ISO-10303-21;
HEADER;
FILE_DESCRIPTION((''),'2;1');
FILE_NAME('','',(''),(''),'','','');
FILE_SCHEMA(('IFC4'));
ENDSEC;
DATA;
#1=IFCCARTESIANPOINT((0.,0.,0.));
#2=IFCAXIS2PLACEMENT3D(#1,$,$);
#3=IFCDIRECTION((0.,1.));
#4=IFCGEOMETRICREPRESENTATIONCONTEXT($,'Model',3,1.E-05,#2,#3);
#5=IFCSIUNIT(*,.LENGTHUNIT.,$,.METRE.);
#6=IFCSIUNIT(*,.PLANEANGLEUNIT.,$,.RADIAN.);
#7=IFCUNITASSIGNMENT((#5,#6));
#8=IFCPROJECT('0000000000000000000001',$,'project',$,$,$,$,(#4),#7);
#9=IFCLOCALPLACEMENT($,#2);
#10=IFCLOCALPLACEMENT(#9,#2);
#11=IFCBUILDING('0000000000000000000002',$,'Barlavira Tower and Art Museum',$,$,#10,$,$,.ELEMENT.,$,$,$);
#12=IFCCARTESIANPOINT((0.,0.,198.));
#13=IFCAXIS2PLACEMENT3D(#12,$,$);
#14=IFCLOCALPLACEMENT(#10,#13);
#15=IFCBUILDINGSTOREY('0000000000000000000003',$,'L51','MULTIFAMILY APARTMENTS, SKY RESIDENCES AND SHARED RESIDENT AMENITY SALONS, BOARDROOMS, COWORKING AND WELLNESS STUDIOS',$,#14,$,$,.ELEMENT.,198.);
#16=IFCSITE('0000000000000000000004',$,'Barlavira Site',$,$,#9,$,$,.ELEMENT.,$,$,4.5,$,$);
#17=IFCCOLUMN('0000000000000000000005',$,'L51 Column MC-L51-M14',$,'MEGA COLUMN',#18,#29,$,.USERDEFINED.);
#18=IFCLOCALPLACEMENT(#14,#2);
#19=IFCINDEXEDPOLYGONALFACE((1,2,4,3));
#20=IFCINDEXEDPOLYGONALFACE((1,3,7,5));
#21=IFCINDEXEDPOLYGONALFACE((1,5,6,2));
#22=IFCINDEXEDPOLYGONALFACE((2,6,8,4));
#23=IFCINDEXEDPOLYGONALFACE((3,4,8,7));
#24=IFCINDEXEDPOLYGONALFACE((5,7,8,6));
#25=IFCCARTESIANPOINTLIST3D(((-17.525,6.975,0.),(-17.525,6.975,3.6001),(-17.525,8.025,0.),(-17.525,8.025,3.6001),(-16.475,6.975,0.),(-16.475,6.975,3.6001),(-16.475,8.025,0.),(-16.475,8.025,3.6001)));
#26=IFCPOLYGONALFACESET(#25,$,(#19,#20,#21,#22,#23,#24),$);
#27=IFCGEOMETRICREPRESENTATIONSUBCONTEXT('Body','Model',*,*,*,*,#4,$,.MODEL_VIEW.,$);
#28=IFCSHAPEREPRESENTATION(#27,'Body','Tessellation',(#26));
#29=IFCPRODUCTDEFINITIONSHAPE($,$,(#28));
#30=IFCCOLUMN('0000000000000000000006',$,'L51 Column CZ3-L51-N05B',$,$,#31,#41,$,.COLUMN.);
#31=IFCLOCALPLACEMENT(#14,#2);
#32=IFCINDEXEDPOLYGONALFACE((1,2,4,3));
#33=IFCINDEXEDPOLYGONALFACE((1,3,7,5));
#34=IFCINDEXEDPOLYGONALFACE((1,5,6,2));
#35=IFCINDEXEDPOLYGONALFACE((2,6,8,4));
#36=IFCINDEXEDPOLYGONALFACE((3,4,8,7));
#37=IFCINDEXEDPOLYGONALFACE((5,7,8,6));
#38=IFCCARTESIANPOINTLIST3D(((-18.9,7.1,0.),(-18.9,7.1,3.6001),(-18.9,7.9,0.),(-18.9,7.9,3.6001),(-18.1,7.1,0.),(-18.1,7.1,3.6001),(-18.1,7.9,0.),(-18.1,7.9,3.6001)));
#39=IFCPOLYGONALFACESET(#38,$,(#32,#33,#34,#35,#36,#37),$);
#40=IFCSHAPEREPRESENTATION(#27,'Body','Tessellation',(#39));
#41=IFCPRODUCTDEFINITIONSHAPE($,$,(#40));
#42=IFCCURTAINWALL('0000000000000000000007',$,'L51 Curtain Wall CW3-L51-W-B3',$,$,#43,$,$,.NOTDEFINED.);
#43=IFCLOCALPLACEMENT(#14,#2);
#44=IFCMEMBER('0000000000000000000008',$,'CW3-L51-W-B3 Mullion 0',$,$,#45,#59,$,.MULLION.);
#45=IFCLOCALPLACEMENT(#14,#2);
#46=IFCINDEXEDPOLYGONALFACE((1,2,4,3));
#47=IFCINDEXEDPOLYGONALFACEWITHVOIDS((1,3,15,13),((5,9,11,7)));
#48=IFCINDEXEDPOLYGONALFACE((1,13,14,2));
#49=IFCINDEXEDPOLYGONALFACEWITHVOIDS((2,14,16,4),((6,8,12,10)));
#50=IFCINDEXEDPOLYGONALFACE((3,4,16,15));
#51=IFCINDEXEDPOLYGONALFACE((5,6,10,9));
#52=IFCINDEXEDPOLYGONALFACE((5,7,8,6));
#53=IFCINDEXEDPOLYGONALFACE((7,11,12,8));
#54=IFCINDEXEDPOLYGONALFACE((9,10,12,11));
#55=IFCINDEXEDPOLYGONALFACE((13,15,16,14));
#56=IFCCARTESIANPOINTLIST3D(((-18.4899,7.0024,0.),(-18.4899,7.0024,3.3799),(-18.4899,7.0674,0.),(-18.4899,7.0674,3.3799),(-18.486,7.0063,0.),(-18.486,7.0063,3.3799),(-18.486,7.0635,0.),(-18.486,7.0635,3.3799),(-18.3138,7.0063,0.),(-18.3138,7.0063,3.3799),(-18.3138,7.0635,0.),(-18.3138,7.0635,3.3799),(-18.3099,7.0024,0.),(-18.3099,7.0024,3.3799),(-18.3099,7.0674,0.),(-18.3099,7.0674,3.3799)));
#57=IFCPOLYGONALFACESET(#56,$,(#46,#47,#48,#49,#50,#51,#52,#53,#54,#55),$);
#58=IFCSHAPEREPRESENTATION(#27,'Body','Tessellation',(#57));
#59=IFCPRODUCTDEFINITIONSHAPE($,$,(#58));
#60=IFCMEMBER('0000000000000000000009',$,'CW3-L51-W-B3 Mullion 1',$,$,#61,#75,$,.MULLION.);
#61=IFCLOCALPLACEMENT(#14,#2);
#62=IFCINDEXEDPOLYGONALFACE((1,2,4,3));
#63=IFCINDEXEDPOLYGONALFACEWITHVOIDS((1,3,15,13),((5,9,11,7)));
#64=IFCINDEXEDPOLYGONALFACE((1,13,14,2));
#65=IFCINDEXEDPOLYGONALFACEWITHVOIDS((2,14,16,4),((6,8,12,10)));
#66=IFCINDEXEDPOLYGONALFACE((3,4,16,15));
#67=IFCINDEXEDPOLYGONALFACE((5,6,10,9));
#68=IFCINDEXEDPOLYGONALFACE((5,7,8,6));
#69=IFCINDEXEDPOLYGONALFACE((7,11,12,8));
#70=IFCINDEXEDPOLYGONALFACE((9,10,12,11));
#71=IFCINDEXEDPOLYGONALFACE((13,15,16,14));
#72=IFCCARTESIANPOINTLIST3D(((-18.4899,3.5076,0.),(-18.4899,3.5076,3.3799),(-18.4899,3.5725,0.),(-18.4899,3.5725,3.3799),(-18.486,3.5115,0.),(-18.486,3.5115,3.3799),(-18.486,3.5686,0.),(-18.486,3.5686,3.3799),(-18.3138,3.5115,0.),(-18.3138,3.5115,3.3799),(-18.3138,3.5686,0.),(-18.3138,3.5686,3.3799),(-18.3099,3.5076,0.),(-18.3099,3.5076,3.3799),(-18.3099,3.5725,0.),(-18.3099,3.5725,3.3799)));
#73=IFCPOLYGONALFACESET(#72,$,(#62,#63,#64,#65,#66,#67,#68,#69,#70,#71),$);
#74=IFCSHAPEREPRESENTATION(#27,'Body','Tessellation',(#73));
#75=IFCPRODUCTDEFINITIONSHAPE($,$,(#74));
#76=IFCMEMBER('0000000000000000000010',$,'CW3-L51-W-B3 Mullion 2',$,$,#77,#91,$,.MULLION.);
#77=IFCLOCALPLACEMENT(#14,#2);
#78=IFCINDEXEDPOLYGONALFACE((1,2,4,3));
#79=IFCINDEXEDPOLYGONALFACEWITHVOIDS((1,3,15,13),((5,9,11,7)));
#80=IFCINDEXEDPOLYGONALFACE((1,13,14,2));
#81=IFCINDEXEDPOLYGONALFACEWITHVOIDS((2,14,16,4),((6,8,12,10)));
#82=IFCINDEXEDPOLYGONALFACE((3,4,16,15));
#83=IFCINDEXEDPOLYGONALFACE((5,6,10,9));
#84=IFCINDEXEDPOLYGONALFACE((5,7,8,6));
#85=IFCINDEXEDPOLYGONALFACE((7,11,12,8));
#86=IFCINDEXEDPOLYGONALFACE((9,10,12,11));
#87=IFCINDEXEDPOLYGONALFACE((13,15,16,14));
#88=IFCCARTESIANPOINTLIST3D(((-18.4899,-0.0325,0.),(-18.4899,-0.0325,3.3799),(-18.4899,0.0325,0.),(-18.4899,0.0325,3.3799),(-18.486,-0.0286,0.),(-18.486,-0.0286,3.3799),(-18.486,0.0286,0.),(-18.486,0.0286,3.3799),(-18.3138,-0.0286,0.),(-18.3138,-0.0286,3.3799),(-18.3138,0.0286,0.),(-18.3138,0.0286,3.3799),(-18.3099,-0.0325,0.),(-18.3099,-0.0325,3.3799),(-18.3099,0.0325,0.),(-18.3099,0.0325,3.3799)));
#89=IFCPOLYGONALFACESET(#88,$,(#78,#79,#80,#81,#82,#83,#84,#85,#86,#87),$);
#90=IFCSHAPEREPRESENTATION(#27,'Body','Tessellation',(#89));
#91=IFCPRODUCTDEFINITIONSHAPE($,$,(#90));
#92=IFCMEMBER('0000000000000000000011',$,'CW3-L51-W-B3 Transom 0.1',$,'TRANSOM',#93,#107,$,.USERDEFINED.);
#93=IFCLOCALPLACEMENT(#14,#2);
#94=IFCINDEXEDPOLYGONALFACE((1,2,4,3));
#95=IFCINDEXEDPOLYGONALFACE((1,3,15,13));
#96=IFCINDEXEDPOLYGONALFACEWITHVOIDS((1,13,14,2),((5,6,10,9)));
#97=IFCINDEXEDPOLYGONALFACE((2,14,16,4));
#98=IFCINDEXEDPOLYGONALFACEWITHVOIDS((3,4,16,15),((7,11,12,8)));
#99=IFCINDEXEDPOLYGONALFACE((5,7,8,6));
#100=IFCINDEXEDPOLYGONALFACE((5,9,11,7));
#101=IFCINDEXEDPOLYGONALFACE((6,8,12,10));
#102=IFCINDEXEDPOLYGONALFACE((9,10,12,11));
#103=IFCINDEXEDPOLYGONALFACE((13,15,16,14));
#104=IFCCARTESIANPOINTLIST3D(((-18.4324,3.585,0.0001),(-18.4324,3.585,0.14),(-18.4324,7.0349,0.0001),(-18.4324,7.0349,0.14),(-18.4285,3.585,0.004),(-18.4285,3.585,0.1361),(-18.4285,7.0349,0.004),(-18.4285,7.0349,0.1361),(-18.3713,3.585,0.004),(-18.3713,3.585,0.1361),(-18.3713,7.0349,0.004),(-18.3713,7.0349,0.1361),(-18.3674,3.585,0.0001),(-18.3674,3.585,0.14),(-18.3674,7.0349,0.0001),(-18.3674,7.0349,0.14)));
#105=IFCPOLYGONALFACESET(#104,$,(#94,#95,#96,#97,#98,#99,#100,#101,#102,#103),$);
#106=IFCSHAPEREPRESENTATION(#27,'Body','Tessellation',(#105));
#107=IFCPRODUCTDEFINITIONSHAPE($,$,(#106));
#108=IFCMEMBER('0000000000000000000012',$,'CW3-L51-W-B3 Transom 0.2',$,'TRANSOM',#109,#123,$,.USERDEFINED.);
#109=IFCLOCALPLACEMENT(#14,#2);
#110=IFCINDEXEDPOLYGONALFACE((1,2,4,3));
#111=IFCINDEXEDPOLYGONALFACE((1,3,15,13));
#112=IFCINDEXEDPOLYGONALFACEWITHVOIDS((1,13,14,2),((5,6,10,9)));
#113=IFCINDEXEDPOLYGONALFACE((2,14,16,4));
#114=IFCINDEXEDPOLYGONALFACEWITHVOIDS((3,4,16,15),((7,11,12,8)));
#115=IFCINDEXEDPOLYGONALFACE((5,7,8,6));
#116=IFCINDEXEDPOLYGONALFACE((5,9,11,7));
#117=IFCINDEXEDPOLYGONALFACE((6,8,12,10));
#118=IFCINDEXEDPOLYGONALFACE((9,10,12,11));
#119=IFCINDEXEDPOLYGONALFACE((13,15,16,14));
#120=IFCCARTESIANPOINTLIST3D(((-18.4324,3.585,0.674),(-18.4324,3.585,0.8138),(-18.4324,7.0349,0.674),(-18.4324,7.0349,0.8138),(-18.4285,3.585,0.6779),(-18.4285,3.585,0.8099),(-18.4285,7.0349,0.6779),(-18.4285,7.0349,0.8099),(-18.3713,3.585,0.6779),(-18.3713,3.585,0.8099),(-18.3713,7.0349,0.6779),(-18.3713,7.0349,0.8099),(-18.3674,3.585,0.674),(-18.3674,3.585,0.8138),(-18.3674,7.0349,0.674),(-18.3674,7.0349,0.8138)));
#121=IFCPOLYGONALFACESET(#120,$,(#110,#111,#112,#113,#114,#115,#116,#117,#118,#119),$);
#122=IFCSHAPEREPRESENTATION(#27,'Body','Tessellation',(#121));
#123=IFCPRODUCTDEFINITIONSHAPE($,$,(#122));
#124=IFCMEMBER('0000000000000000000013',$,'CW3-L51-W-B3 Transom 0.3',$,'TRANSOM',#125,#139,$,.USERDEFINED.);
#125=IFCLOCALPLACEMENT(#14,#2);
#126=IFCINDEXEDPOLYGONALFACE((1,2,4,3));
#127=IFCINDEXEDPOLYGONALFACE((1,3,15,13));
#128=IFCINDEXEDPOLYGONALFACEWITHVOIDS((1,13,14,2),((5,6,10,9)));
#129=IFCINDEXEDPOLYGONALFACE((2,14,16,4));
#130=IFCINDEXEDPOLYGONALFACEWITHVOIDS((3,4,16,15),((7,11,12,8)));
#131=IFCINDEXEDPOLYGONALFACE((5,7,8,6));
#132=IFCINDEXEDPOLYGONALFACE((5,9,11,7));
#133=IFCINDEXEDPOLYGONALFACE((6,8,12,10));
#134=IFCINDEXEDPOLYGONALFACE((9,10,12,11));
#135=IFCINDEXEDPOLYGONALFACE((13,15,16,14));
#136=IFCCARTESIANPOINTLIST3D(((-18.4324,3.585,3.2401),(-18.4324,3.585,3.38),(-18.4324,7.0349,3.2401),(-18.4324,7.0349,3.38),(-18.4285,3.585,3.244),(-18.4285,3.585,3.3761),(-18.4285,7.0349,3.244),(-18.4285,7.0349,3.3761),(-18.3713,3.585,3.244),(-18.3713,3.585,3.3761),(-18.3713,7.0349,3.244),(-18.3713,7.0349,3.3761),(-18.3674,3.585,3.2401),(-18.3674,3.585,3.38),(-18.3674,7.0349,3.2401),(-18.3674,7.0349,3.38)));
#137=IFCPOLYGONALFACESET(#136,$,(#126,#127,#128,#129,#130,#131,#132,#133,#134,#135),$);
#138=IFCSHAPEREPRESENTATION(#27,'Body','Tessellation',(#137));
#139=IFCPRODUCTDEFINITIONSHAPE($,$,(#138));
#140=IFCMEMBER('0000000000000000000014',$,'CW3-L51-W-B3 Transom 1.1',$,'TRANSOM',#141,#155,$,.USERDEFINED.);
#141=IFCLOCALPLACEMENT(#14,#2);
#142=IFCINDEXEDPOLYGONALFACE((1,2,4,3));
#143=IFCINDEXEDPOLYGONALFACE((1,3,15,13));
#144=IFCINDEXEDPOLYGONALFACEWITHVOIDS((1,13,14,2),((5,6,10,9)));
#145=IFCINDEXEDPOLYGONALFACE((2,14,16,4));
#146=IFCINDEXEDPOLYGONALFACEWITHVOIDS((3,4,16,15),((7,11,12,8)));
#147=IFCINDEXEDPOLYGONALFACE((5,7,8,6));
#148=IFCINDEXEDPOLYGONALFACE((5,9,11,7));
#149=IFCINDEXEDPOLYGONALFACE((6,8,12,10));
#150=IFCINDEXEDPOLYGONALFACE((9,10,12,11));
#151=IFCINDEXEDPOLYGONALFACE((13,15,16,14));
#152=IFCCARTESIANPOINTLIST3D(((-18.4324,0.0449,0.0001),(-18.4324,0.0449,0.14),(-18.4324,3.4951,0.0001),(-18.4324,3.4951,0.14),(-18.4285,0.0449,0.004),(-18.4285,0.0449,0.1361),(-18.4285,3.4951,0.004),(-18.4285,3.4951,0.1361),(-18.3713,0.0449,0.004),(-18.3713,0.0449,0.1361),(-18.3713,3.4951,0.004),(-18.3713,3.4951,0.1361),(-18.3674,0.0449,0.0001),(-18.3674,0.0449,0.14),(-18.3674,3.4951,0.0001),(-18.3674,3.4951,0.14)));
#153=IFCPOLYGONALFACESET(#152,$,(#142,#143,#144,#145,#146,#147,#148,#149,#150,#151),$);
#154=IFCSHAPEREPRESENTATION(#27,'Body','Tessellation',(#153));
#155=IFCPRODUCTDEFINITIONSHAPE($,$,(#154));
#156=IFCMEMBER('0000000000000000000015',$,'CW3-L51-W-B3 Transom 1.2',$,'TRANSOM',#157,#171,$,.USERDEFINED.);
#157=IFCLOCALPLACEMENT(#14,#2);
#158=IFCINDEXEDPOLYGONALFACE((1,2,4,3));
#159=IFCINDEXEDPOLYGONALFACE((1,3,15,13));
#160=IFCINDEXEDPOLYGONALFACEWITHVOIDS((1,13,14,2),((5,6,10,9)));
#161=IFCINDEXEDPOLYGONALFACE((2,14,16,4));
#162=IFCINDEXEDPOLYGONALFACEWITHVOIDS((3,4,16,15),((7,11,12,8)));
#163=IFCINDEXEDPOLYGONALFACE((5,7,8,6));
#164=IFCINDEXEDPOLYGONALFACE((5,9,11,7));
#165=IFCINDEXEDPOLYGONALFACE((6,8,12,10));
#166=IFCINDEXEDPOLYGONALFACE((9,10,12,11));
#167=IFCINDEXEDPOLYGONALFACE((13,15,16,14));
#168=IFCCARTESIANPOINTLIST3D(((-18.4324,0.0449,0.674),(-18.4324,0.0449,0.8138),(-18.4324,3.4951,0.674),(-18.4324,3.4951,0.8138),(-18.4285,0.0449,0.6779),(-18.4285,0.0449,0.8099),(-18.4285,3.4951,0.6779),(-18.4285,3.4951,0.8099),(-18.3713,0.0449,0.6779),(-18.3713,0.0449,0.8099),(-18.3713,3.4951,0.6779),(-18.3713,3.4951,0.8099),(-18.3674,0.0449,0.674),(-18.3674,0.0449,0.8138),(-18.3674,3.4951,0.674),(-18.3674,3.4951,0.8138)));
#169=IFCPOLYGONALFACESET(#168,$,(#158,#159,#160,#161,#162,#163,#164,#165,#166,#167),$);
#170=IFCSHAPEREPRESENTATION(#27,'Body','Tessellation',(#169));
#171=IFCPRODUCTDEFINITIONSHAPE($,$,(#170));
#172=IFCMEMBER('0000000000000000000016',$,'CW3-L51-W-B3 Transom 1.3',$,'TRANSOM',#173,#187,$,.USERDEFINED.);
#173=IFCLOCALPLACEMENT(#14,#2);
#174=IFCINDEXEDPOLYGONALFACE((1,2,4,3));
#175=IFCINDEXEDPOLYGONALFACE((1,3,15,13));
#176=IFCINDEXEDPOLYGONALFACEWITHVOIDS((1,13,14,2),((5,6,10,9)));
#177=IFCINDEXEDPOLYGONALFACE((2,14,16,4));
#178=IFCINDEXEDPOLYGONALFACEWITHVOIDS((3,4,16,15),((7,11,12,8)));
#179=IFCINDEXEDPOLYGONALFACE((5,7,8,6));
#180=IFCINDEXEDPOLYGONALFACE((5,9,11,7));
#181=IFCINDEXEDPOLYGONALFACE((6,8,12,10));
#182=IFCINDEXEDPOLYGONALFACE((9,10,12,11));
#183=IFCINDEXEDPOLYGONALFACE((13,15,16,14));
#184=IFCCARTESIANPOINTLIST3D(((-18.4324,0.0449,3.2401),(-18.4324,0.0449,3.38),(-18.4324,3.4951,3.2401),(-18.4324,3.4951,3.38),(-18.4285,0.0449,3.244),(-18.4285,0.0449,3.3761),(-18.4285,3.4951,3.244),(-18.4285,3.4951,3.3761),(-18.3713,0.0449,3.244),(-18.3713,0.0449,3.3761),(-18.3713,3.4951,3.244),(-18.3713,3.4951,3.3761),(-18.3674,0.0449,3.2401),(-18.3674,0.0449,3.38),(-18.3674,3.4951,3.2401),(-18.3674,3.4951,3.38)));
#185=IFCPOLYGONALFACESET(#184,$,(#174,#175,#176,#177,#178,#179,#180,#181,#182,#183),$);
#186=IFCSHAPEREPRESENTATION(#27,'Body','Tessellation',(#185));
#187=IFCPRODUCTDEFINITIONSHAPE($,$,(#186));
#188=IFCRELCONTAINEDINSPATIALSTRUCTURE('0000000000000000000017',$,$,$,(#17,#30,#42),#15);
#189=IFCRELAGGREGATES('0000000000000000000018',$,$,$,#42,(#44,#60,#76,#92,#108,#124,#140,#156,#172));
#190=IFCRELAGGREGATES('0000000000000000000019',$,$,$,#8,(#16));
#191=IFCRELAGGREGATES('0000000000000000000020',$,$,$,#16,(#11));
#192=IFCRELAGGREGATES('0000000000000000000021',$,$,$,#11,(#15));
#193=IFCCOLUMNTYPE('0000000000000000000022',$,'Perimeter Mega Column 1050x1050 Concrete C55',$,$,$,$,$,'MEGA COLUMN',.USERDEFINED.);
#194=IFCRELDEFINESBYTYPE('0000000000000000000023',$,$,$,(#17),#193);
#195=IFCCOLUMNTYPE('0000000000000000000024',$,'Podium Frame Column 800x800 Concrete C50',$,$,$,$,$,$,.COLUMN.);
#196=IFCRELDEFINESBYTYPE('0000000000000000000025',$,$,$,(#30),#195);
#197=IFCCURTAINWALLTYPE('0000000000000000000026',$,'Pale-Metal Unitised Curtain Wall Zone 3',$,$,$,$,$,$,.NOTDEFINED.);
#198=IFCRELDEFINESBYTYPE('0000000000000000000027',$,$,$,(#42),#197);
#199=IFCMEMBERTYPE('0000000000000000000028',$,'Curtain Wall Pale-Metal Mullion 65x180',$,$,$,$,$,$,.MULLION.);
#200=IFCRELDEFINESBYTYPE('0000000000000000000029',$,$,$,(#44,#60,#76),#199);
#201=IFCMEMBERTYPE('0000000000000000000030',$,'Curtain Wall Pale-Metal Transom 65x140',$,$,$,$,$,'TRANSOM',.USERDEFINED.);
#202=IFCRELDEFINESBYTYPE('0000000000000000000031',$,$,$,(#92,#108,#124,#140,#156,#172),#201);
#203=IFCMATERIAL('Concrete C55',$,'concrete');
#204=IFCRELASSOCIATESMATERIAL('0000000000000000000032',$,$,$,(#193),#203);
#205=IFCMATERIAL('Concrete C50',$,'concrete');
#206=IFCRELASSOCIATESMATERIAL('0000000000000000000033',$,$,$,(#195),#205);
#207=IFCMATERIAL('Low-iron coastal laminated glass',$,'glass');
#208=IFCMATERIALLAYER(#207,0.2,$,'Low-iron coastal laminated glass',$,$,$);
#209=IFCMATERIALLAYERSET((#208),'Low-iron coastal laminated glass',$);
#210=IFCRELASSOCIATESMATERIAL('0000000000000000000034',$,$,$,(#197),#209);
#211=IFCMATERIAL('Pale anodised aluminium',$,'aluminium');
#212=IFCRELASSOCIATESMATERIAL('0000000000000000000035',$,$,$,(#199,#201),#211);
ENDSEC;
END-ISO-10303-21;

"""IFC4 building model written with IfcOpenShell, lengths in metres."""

from ifc_helpers import new_model, si_unit, direction, frame, origin, origin_2d, place, context, subcontext, project, spatial, rectangle, hollow_rectangle, extrude, material, layer, layer_set, material_profile, profile_set, type_object, element, aggregate, save


model = new_model("IFC4")

# Units and contexts
model_context = context("Model", 3, precision=1e-05, world=origin(), true_north=direction((0.0, 1.0)))
body_context = subcontext(model_context, "Body", "Model", "MODEL_VIEW")
ifc_project = project(units=[si_unit("LENGTHUNIT", "METRE"), si_unit("PLANEANGLEUNIT", "RADIAN")], contexts=[model_context])

# Site, building, storey
site_placement = place(None, origin())
site = spatial("IfcSite", under=ifc_project, at=site_placement, Name="Barlavira Site", CompositionType="ELEMENT", RefElevation=4.5)
building_placement = place(site_placement, origin())
building = spatial("IfcBuilding", under=site, at=building_placement, Name="Barlavira Tower and Art Museum", CompositionType="ELEMENT")
storey_placement = place(building_placement, frame((0.0, 0.0, 198.0)))
storey = spatial("IfcBuildingStorey", under=building, at=storey_placement, Name="L51", Description="MULTIFAMILY APARTMENTS, SKY RESIDENCES AND SHARED RESIDENT AMENITY SALONS, BOARDROOMS, COWORKING AND WELLNESS STUDIOS", CompositionType="ELEMENT", Elevation=198.0)

# Columns
ifc_material_1 = material(Name="Concrete C55", Category="concrete")
ifc_material_profile_1 = material_profile(ifc_material_1, rectangle(XDim=1.05, YDim=1.05, at=origin_2d()), Name="RC-COL 1050x1050")
ifc_profile_set_1 = profile_set([ifc_material_profile_1], Name="Concrete C55")
column_type_1 = type_object("IfcColumnType", Name="Perimeter Mega Column 1050x1050 Concrete C55", ElementType="MEGA COLUMN", PredefinedType="USERDEFINED", material=ifc_profile_set_1)
column_1_placement = place(storey_placement, frame((-17.0, 7.5, 0.0), z_axis=(0.0, 0.0, 1.0), x_axis=(1.0, 0.0, 0.0)))
element("IfcColumn", 1, at=column_1_placement, inside=storey, type_object=column_type_1, Name="L51 Column MC-L51-M14", ObjectType="MEGA COLUMN", PredefinedType="USERDEFINED", context=body_context, shape_type="SweptSolid", body=[
    extrude(rectangle(XDim=1.05, YDim=1.05, at=origin_2d()), origin(), (0.0, 0.0, 1.0), 3.6001),
])
ifc_material_2 = material(Name="Concrete C50", Category="concrete")
ifc_material_profile_2 = material_profile(ifc_material_2, rectangle(XDim=0.8, YDim=0.8, at=origin_2d()), Name="RC-COL 800x800")
ifc_profile_set_2 = profile_set([ifc_material_profile_2], Name="Concrete C50")
column_type_2 = type_object("IfcColumnType", Name="Podium Frame Column 800x800 Concrete C50", PredefinedType="COLUMN", material=ifc_profile_set_2)
column_2_placement = place(storey_placement, frame((-18.5, 7.5, 0.0), z_axis=(0.0, 0.0, 1.0), x_axis=(1.0, 0.0, 0.0)))
element("IfcColumn", 2, at=column_2_placement, inside=storey, type_object=column_type_2, Name="L51 Column CZ3-L51-N05B", PredefinedType="COLUMN", context=body_context, shape_type="SweptSolid", body=[
    extrude(rectangle(XDim=0.8, YDim=0.8, at=origin_2d()), origin(), (0.0, 0.0, 1.0), 3.6001),
])

# Curtain wall, members
ifc_material_3 = material(Name="Low-iron coastal laminated glass", Category="glass")
ifc_layer_1 = layer(ifc_material_3, 0.2, Name="Low-iron coastal laminated glass")
ifc_layer_set_1 = layer_set([ifc_layer_1], Name="Low-iron coastal laminated glass")
curtain_wall_type = type_object("IfcCurtainWallType", Name="Pale-Metal Unitised Curtain Wall Zone 3", PredefinedType="NOTDEFINED", material=ifc_layer_set_1)
curtain_wall_placement = place(storey_placement, origin())
curtain_wall = element("IfcCurtainWall", 3, at=curtain_wall_placement, inside=storey, type_object=curtain_wall_type, Name="L51 Curtain Wall CW3-L51-W-B3", PredefinedType="NOTDEFINED")
ifc_material_4 = material(Name="Pale anodised aluminium", Category="aluminium")
ifc_material_profile_3 = material_profile(ifc_material_4, hollow_rectangle(XDim=0.0649, YDim=0.1799, WallThickness=0.0039, at=origin_2d()), Name="ALU-MULL 65x180x4")
ifc_profile_set_3 = profile_set([ifc_material_profile_3], Name="Pale anodised aluminium")
member_type_1 = type_object("IfcMemberType", Name="Curtain Wall Pale-Metal Mullion 65x180", PredefinedType="MULLION", material=ifc_profile_set_3)
member_1_placement = place(storey_placement, frame((-18.3999, 7.0349, 0.0), z_axis=(0.0, 0.0, 1.0), x_axis=(0.0, -1.0, 0.0)))
member_1 = element("IfcMember", 4, at=member_1_placement, type_object=member_type_1, Name="CW3-L51-W-B3 Mullion 0", PredefinedType="MULLION", context=body_context, shape_type="SweptSolid", body=[
    extrude(hollow_rectangle(XDim=0.0649, YDim=0.1799, WallThickness=0.0039, at=origin_2d()), origin(), (0.0, 0.0, 1.0), 3.3799),
])
member_2_placement = place(storey_placement, frame((-18.3999, 3.54, 0.0), z_axis=(0.0, 0.0, 1.0), x_axis=(0.0, -1.0, 0.0)))
member_2 = element("IfcMember", 5, at=member_2_placement, type_object=member_type_1, Name="CW3-L51-W-B3 Mullion 1", PredefinedType="MULLION", context=body_context, shape_type="SweptSolid", body=[
    extrude(hollow_rectangle(XDim=0.0649, YDim=0.1799, WallThickness=0.0039, at=origin_2d()), origin(), (0.0, 0.0, 1.0), 3.3799),
])
member_3_placement = place(storey_placement, frame((-18.3999, 0.0, 0.0), z_axis=(0.0, 0.0, 1.0), x_axis=(0.0, -1.0, 0.0)))
member_3 = element("IfcMember", 6, at=member_3_placement, type_object=member_type_1, Name="CW3-L51-W-B3 Mullion 2", PredefinedType="MULLION", context=body_context, shape_type="SweptSolid", body=[
    extrude(hollow_rectangle(XDim=0.0649, YDim=0.1799, WallThickness=0.0039, at=origin_2d()), origin(), (0.0, 0.0, 1.0), 3.3799),
])
ifc_material_profile_4 = material_profile(ifc_material_4, hollow_rectangle(XDim=0.0649, YDim=0.1399, WallThickness=0.0039, at=origin_2d()), Name="ALU-TRAN 65x140x4")
ifc_profile_set_4 = profile_set([ifc_material_profile_4], Name="Pale anodised aluminium")
member_type_2 = type_object("IfcMemberType", Name="Curtain Wall Pale-Metal Transom 65x140", ElementType="TRANSOM", PredefinedType="USERDEFINED", material=ifc_profile_set_4)
member_4_placement = place(storey_placement, frame((-18.3999, 7.0349, 0.0701), z_axis=(0.0, -1.0, 0.0), x_axis=(1.0, 0.0, 0.0)))
member_4 = element("IfcMember", 7, at=member_4_placement, type_object=member_type_2, Name="CW3-L51-W-B3 Transom 0.1", ObjectType="TRANSOM", PredefinedType="USERDEFINED", context=body_context, shape_type="SweptSolid", body=[
    extrude(hollow_rectangle(XDim=0.0649, YDim=0.1399, WallThickness=0.0039, at=origin_2d()), origin(), (0.0, 0.0, 1.0), 3.45),
])
member_5_placement = place(storey_placement, frame((-18.3999, 7.0349, 0.7439), z_axis=(0.0, -1.0, 0.0), x_axis=(1.0, 0.0, 0.0)))
member_5 = element("IfcMember", 8, at=member_5_placement, type_object=member_type_2, Name="CW3-L51-W-B3 Transom 0.2", ObjectType="TRANSOM", PredefinedType="USERDEFINED", context=body_context, shape_type="SweptSolid", body=[
    extrude(hollow_rectangle(XDim=0.0649, YDim=0.1399, WallThickness=0.0039, at=origin_2d()), origin(), (0.0, 0.0, 1.0), 3.45),
])
member_6_placement = place(storey_placement, frame((-18.3999, 7.0349, 3.3101), z_axis=(0.0, -1.0, 0.0), x_axis=(1.0, 0.0, 0.0)))
member_6 = element("IfcMember", 9, at=member_6_placement, type_object=member_type_2, Name="CW3-L51-W-B3 Transom 0.3", ObjectType="TRANSOM", PredefinedType="USERDEFINED", context=body_context, shape_type="SweptSolid", body=[
    extrude(hollow_rectangle(XDim=0.0649, YDim=0.1399, WallThickness=0.0039, at=origin_2d()), origin(), (0.0, 0.0, 1.0), 3.45),
])
member_7_placement = place(storey_placement, frame((-18.3999, 3.4951, 0.0701), z_axis=(0.0, -1.0, 0.0), x_axis=(1.0, 0.0, 0.0)))
member_7 = element("IfcMember", 10, at=member_7_placement, type_object=member_type_2, Name="CW3-L51-W-B3 Transom 1.1", ObjectType="TRANSOM", PredefinedType="USERDEFINED", context=body_context, shape_type="SweptSolid", body=[
    extrude(hollow_rectangle(XDim=0.0649, YDim=0.1399, WallThickness=0.0039, at=origin_2d()), origin(), (0.0, 0.0, 1.0), 3.4502),
])
member_8_placement = place(storey_placement, frame((-18.3999, 3.4951, 0.7439), z_axis=(0.0, -1.0, 0.0), x_axis=(1.0, 0.0, 0.0)))
member_8 = element("IfcMember", 11, at=member_8_placement, type_object=member_type_2, Name="CW3-L51-W-B3 Transom 1.2", ObjectType="TRANSOM", PredefinedType="USERDEFINED", context=body_context, shape_type="SweptSolid", body=[
    extrude(hollow_rectangle(XDim=0.0649, YDim=0.1399, WallThickness=0.0039, at=origin_2d()), origin(), (0.0, 0.0, 1.0), 3.4502),
])
member_9_placement = place(storey_placement, frame((-18.3999, 3.4951, 3.3101), z_axis=(0.0, -1.0, 0.0), x_axis=(1.0, 0.0, 0.0)))
member_9 = element("IfcMember", 12, at=member_9_placement, type_object=member_type_2, Name="CW3-L51-W-B3 Transom 1.3", ObjectType="TRANSOM", PredefinedType="USERDEFINED", context=body_context, shape_type="SweptSolid", body=[
    extrude(hollow_rectangle(XDim=0.0649, YDim=0.1399, WallThickness=0.0039, at=origin_2d()), origin(), (0.0, 0.0, 1.0), 3.4502),
])

aggregate(curtain_wall, [member_1, member_2, member_3, member_4, member_5, member_6, member_7, member_8, member_9])

save(model, "model.ifc")
